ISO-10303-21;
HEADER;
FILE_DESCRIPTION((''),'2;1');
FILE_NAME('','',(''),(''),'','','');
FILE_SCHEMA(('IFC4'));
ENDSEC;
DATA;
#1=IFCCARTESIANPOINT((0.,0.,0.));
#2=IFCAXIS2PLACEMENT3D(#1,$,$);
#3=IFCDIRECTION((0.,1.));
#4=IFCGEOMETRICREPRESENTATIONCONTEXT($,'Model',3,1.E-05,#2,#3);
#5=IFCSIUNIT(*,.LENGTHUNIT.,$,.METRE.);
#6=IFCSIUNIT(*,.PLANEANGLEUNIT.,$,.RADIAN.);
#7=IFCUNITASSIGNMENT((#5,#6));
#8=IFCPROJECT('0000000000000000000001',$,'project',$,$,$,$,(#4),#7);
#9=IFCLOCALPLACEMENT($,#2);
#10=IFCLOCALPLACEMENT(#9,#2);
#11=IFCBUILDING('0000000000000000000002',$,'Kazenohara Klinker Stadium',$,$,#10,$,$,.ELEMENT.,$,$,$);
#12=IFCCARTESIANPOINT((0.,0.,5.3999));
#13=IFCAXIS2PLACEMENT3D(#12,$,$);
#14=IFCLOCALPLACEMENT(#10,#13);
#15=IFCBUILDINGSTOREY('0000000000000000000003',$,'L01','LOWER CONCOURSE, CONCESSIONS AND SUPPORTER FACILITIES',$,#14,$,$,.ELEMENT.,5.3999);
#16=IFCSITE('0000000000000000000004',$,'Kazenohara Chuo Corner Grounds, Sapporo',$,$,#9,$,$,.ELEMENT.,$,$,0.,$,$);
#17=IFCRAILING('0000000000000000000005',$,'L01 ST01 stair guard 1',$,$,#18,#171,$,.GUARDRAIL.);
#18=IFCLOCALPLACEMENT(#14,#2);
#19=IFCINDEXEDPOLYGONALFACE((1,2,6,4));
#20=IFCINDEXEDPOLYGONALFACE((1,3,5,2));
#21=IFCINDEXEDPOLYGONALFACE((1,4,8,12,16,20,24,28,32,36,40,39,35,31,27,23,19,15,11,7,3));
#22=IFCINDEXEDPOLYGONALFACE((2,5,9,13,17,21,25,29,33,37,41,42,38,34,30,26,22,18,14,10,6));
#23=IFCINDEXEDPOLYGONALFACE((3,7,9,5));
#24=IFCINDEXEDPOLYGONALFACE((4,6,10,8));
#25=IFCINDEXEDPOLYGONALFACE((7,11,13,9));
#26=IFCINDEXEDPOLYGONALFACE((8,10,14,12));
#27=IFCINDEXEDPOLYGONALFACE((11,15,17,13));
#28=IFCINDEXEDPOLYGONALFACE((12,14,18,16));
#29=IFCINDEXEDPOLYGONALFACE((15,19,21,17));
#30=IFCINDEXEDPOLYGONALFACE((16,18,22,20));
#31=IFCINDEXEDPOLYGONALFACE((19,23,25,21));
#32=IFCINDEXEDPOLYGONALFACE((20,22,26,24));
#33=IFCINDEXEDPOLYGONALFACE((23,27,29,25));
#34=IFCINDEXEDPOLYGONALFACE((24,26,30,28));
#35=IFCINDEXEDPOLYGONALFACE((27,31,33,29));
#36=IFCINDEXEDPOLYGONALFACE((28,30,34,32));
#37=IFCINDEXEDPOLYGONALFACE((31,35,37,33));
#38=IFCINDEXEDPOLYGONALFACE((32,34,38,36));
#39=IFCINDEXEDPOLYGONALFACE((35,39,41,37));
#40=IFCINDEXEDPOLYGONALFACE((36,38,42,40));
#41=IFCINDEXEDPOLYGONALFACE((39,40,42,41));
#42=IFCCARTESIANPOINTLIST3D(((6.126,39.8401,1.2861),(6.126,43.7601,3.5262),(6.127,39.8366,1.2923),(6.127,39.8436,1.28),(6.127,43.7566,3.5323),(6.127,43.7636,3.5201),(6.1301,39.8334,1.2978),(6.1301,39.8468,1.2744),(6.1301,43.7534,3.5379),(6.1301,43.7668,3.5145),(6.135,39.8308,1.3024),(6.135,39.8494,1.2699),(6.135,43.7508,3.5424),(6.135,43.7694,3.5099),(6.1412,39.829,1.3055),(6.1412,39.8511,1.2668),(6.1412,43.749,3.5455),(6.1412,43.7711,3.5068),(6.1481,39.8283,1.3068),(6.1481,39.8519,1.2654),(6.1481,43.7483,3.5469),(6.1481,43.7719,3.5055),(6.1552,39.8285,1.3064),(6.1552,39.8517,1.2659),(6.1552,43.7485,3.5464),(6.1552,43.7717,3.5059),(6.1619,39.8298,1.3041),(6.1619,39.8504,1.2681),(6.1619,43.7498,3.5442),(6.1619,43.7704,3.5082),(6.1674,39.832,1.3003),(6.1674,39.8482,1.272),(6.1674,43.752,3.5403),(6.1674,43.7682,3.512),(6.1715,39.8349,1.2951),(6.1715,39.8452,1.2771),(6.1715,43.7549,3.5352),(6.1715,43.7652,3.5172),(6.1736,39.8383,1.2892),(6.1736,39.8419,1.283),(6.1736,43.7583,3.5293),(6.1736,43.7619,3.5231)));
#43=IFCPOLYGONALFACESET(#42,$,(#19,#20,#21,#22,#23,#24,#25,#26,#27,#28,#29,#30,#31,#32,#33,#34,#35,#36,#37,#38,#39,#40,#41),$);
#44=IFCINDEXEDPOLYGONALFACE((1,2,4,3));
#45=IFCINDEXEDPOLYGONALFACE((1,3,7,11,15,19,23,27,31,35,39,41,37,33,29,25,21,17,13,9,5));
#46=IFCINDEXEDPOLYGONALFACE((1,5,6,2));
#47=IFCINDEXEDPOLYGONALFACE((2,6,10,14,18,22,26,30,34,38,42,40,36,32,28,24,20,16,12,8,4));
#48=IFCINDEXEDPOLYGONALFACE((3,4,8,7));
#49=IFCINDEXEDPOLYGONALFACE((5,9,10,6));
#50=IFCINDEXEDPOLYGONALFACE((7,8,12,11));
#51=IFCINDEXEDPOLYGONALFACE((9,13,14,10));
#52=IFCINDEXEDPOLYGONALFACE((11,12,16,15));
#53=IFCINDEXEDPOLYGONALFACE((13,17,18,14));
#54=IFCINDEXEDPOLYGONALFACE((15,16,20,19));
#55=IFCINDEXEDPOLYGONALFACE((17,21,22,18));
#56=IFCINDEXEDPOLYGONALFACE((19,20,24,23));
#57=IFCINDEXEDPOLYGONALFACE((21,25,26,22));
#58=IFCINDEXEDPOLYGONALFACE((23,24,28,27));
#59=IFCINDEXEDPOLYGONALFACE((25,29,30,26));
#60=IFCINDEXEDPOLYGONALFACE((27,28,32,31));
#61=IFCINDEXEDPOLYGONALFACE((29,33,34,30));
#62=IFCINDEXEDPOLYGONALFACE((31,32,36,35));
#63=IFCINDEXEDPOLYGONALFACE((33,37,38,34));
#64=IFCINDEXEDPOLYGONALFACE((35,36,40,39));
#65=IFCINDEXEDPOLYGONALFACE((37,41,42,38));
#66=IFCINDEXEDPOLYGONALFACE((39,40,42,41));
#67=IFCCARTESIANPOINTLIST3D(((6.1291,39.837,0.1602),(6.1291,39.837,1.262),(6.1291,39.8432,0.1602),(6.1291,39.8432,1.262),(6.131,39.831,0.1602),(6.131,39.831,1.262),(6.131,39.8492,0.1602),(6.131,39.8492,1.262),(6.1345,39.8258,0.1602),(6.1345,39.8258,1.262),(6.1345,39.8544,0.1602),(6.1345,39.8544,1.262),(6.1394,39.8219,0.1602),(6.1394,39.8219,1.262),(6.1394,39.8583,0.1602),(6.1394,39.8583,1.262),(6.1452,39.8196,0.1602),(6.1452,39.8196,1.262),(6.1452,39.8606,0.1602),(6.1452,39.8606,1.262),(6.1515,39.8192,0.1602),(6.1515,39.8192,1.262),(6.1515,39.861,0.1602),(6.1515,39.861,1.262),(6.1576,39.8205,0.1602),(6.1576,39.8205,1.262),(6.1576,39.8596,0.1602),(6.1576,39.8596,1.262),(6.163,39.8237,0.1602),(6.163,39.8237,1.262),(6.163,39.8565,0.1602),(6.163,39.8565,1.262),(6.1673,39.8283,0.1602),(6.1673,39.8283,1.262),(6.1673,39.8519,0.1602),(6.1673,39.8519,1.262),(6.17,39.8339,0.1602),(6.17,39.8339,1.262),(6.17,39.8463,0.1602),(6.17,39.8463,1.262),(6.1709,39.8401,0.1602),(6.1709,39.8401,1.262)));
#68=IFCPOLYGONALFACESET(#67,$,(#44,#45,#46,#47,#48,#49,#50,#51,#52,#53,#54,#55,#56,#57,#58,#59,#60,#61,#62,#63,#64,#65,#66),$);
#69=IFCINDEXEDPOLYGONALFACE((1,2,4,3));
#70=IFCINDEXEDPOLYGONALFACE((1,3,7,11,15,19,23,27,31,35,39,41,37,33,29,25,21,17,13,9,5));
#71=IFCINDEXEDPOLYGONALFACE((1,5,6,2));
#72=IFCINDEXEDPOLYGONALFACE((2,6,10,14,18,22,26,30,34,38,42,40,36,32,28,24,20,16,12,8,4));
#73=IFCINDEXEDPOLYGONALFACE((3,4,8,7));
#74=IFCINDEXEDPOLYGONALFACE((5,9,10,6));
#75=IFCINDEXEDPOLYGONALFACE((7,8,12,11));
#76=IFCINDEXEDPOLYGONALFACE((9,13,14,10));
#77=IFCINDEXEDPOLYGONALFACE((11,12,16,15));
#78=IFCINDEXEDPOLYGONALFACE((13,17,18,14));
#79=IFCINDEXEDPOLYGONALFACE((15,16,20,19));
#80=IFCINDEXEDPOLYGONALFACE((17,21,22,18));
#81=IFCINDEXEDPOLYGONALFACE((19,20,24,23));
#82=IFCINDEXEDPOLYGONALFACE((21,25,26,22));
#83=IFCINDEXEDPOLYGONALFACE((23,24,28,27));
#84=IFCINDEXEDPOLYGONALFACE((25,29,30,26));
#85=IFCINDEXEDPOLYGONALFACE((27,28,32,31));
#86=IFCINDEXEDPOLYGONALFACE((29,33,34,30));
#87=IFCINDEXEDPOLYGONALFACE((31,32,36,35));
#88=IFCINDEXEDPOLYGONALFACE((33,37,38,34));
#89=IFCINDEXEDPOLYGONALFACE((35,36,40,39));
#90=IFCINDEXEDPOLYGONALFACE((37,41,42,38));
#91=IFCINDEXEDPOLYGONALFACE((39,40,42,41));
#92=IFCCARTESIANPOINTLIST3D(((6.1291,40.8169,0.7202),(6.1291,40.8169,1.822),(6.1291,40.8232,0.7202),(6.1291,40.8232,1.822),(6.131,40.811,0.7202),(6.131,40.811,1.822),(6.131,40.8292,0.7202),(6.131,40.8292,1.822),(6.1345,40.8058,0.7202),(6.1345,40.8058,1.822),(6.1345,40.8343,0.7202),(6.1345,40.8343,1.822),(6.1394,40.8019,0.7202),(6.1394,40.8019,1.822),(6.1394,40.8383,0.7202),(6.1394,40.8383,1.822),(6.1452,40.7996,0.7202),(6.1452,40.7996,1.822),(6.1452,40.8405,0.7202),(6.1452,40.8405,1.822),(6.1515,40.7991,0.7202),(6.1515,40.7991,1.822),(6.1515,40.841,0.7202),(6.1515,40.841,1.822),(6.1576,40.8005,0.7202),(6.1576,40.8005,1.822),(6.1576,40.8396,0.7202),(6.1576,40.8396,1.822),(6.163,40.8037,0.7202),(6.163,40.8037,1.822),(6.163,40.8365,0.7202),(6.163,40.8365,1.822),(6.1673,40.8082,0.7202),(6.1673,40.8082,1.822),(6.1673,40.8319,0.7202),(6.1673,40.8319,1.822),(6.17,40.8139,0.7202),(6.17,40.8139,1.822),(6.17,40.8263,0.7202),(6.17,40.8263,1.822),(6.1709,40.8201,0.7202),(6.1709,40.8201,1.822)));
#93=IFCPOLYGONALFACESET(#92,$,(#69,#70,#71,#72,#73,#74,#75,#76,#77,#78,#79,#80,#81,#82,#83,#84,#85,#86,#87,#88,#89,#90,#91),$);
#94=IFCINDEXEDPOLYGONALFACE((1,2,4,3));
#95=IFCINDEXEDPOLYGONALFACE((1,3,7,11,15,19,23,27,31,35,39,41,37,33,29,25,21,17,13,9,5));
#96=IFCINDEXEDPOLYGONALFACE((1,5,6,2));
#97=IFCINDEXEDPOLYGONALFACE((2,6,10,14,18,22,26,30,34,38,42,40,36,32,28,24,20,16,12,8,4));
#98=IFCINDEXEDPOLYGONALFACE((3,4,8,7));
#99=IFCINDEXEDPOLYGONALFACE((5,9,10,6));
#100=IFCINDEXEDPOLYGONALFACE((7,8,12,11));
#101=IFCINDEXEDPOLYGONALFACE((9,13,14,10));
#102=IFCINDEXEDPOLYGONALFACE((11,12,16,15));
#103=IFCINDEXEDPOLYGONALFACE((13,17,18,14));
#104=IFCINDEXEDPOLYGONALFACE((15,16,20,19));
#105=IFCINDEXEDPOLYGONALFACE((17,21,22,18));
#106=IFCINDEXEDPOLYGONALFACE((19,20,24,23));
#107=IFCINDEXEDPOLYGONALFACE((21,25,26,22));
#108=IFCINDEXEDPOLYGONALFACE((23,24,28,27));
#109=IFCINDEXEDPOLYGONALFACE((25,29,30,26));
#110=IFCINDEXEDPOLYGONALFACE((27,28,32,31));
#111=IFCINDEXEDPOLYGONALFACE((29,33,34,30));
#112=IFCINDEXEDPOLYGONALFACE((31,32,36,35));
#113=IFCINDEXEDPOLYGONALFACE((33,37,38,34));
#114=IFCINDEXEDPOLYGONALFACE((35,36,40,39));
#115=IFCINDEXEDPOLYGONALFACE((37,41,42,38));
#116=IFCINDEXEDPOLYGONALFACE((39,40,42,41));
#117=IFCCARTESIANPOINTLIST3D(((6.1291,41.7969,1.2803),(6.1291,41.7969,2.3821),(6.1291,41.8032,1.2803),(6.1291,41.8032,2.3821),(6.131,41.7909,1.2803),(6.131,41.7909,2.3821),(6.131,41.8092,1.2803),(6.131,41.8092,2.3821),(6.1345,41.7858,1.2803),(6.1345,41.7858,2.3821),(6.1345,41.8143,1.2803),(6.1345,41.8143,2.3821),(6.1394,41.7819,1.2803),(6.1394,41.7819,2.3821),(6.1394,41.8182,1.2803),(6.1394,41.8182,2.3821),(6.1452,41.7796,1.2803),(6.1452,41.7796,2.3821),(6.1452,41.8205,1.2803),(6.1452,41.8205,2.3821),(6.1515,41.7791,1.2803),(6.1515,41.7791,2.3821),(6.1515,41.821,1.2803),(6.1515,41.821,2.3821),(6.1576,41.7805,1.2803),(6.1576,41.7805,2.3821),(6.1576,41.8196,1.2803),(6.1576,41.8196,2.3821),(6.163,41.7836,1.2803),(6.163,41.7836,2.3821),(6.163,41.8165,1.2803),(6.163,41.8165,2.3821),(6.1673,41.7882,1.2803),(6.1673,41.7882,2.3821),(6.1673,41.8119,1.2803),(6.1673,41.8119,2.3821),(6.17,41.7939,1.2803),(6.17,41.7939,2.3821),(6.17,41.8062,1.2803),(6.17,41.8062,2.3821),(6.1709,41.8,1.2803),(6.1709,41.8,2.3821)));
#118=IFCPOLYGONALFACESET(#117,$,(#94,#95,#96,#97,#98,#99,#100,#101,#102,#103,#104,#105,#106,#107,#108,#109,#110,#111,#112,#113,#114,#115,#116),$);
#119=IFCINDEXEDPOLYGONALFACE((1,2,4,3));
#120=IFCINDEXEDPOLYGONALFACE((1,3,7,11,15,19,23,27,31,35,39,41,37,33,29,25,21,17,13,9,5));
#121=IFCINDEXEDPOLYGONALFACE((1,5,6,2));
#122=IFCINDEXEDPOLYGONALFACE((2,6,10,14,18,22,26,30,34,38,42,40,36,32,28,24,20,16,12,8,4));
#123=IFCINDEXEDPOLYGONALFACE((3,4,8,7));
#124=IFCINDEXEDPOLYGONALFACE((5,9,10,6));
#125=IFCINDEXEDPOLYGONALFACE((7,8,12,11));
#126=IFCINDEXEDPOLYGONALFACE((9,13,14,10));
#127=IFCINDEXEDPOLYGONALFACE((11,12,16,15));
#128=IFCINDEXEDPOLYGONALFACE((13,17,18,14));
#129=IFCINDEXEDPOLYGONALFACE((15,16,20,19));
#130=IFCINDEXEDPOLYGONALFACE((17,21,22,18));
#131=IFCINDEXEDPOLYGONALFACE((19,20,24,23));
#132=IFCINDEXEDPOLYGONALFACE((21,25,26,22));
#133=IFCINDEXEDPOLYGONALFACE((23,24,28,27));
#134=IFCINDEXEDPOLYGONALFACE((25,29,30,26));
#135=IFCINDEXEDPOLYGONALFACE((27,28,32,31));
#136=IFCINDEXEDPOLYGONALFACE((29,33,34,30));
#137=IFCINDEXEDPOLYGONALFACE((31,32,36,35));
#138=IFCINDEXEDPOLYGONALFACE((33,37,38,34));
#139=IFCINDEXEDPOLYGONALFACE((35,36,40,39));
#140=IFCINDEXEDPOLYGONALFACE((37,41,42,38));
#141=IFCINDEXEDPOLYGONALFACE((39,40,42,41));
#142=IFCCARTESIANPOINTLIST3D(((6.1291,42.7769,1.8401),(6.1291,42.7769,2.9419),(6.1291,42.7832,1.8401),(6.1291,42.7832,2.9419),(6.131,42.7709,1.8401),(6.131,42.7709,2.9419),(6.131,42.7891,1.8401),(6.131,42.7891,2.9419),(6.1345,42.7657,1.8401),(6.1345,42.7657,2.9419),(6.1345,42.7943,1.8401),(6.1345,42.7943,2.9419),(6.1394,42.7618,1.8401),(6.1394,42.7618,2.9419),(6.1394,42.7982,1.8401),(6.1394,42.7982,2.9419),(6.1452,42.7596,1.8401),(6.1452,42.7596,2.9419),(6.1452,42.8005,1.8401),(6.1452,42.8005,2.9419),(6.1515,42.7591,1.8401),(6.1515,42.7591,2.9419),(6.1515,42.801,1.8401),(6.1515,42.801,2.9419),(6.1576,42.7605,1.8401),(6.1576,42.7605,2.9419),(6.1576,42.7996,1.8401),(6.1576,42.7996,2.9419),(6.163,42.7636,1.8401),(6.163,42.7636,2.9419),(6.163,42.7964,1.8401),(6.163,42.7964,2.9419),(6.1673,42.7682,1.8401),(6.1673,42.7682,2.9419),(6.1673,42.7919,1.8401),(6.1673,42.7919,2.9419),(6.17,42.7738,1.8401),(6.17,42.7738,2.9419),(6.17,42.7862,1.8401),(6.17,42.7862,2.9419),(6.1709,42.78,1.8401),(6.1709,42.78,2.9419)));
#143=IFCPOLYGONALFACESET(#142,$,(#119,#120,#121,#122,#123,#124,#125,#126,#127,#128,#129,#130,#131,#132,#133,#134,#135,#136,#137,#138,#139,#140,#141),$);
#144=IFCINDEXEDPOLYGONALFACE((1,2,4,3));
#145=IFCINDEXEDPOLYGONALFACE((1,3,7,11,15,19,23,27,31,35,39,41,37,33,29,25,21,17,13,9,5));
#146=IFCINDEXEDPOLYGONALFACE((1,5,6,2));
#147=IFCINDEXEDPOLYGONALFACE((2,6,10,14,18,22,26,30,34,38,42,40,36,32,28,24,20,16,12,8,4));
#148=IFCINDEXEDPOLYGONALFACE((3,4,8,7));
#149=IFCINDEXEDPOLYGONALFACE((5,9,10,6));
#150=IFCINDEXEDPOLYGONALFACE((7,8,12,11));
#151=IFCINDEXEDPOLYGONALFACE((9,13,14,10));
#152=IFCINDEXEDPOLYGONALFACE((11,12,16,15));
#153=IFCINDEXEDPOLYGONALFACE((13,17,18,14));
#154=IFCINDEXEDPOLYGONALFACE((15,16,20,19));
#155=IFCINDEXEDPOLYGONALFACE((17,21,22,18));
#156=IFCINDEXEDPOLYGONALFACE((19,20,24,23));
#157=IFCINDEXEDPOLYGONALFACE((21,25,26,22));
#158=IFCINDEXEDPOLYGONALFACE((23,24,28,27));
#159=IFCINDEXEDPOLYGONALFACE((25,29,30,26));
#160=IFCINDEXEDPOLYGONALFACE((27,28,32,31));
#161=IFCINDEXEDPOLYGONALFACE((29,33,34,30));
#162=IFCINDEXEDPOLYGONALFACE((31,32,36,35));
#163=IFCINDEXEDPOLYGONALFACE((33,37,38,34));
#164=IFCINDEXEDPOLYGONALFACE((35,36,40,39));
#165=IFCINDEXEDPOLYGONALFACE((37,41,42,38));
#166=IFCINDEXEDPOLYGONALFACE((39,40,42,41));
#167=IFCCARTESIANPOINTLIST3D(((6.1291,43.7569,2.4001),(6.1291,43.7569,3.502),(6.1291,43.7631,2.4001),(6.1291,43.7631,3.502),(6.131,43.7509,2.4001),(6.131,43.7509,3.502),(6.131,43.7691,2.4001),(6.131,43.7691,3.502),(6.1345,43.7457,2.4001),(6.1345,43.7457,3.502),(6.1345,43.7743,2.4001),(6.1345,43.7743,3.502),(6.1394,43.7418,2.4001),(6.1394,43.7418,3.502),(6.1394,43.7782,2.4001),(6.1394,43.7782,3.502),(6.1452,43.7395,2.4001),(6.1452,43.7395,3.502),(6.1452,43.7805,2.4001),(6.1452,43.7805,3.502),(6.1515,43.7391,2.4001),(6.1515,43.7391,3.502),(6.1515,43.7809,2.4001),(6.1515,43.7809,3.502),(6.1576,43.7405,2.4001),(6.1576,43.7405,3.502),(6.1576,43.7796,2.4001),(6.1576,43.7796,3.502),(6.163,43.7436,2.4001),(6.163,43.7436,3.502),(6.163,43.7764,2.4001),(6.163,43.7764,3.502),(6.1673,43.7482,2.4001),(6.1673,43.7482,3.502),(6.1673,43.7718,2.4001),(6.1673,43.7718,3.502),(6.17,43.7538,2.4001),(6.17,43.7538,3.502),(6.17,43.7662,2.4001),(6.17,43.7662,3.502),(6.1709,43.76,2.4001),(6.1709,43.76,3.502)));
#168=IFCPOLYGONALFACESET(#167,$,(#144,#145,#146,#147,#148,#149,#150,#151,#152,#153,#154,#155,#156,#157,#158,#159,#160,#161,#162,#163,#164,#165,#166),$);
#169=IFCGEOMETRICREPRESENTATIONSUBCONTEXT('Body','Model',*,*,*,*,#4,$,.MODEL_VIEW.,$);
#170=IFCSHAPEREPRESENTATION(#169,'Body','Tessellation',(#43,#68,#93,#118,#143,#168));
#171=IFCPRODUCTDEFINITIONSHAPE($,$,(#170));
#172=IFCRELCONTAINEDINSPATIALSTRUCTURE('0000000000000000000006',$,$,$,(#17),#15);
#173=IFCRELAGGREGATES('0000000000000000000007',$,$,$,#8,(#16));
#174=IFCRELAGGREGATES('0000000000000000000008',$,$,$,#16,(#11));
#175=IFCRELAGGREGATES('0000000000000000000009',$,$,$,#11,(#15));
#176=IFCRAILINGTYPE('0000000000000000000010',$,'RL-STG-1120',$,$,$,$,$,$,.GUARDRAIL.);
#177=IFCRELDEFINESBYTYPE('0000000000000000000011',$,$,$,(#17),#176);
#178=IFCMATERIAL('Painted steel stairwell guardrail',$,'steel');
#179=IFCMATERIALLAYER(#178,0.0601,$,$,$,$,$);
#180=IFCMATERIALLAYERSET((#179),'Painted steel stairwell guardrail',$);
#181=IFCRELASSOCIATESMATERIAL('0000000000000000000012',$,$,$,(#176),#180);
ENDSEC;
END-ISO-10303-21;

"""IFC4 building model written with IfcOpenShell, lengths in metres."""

from ifc_helpers import new_model, si_unit, direction, frame, origin, origin_2d, place, context, subcontext, project, spatial, circle, extrude, material, layer, layer_set, type_object, element, save


model = new_model("IFC4")

# Units and contexts
model_context = context("Model", 3, precision=1e-05, world=origin(), true_north=direction((0.0, 1.0)))
body_context = subcontext(model_context, "Body", "Model", "MODEL_VIEW")
ifc_project = project(units=[si_unit("LENGTHUNIT", "METRE"), si_unit("PLANEANGLEUNIT", "RADIAN")], contexts=[model_context])

# Site, building, storey
site_placement = place(None, origin())
site = spatial("IfcSite", under=ifc_project, at=site_placement, Name="Kazenohara Chuo Corner Grounds, Sapporo", CompositionType="ELEMENT", RefElevation=0.0)
building_placement = place(site_placement, origin())
building = spatial("IfcBuilding", under=site, at=building_placement, Name="Kazenohara Klinker Stadium", CompositionType="ELEMENT")
storey_placement = place(building_placement, frame((0.0, 0.0, 5.3999)))
storey = spatial("IfcBuildingStorey", under=building, at=storey_placement, Name="L01", Description="LOWER CONCOURSE, CONCESSIONS AND SUPPORTER FACILITIES", CompositionType="ELEMENT", Elevation=5.3999)

# Railing
ifc_material_1 = material(Name="Painted steel stairwell guardrail", Category="steel")
ifc_layer_1 = layer(ifc_material_1, 0.0601)
ifc_layer_set_1 = layer_set([ifc_layer_1], Name="Painted steel stairwell guardrail")
railing_type_1 = type_object("IfcRailingType", Name="RL-STG-1120", PredefinedType="GUARDRAIL", material=ifc_layer_set_1)
railing_1_placement = place(storey_placement, frame((6.1499, 39.8401, 0.1602)))
element("IfcRailing", 1, at=railing_1_placement, inside=storey, type_object=railing_type_1, Name="L01 ST01 stair guard 1", PredefinedType="GUARDRAIL", context=body_context, shape_type="SweptSolid", body=[
    extrude(circle(Radius=0.0239, at=origin_2d()), frame((0.0, 0.0, 1.126), z_axis=(0.0, 0.86824, 0.496145), x_axis=(-1.0, 0.0, 0.0)), (0.0, 0.0, 1.0), 4.5149),
    extrude(circle(Radius=0.021, at=origin_2d()), origin(), (0.0, 0.0, 1.0), 1.1018),
    extrude(circle(Radius=0.021, at=origin_2d()), frame((0.0, 0.98, 0.5601)), (0.0, 0.0, 1.0), 1.1018),
    extrude(circle(Radius=0.021, at=origin_2d()), frame((0.0, 1.96, 1.1201)), (0.0, 0.0, 1.0), 1.1018),
    extrude(circle(Radius=0.021, at=origin_2d()), frame((0.0, 2.9399, 1.6799)), (0.0, 0.0, 1.0), 1.1018),
    extrude(circle(Radius=0.021, at=origin_2d()), frame((0.0, 3.9199, 2.24)), (0.0, 0.0, 1.0), 1.1018),
])

save(model, "model.ifc")
